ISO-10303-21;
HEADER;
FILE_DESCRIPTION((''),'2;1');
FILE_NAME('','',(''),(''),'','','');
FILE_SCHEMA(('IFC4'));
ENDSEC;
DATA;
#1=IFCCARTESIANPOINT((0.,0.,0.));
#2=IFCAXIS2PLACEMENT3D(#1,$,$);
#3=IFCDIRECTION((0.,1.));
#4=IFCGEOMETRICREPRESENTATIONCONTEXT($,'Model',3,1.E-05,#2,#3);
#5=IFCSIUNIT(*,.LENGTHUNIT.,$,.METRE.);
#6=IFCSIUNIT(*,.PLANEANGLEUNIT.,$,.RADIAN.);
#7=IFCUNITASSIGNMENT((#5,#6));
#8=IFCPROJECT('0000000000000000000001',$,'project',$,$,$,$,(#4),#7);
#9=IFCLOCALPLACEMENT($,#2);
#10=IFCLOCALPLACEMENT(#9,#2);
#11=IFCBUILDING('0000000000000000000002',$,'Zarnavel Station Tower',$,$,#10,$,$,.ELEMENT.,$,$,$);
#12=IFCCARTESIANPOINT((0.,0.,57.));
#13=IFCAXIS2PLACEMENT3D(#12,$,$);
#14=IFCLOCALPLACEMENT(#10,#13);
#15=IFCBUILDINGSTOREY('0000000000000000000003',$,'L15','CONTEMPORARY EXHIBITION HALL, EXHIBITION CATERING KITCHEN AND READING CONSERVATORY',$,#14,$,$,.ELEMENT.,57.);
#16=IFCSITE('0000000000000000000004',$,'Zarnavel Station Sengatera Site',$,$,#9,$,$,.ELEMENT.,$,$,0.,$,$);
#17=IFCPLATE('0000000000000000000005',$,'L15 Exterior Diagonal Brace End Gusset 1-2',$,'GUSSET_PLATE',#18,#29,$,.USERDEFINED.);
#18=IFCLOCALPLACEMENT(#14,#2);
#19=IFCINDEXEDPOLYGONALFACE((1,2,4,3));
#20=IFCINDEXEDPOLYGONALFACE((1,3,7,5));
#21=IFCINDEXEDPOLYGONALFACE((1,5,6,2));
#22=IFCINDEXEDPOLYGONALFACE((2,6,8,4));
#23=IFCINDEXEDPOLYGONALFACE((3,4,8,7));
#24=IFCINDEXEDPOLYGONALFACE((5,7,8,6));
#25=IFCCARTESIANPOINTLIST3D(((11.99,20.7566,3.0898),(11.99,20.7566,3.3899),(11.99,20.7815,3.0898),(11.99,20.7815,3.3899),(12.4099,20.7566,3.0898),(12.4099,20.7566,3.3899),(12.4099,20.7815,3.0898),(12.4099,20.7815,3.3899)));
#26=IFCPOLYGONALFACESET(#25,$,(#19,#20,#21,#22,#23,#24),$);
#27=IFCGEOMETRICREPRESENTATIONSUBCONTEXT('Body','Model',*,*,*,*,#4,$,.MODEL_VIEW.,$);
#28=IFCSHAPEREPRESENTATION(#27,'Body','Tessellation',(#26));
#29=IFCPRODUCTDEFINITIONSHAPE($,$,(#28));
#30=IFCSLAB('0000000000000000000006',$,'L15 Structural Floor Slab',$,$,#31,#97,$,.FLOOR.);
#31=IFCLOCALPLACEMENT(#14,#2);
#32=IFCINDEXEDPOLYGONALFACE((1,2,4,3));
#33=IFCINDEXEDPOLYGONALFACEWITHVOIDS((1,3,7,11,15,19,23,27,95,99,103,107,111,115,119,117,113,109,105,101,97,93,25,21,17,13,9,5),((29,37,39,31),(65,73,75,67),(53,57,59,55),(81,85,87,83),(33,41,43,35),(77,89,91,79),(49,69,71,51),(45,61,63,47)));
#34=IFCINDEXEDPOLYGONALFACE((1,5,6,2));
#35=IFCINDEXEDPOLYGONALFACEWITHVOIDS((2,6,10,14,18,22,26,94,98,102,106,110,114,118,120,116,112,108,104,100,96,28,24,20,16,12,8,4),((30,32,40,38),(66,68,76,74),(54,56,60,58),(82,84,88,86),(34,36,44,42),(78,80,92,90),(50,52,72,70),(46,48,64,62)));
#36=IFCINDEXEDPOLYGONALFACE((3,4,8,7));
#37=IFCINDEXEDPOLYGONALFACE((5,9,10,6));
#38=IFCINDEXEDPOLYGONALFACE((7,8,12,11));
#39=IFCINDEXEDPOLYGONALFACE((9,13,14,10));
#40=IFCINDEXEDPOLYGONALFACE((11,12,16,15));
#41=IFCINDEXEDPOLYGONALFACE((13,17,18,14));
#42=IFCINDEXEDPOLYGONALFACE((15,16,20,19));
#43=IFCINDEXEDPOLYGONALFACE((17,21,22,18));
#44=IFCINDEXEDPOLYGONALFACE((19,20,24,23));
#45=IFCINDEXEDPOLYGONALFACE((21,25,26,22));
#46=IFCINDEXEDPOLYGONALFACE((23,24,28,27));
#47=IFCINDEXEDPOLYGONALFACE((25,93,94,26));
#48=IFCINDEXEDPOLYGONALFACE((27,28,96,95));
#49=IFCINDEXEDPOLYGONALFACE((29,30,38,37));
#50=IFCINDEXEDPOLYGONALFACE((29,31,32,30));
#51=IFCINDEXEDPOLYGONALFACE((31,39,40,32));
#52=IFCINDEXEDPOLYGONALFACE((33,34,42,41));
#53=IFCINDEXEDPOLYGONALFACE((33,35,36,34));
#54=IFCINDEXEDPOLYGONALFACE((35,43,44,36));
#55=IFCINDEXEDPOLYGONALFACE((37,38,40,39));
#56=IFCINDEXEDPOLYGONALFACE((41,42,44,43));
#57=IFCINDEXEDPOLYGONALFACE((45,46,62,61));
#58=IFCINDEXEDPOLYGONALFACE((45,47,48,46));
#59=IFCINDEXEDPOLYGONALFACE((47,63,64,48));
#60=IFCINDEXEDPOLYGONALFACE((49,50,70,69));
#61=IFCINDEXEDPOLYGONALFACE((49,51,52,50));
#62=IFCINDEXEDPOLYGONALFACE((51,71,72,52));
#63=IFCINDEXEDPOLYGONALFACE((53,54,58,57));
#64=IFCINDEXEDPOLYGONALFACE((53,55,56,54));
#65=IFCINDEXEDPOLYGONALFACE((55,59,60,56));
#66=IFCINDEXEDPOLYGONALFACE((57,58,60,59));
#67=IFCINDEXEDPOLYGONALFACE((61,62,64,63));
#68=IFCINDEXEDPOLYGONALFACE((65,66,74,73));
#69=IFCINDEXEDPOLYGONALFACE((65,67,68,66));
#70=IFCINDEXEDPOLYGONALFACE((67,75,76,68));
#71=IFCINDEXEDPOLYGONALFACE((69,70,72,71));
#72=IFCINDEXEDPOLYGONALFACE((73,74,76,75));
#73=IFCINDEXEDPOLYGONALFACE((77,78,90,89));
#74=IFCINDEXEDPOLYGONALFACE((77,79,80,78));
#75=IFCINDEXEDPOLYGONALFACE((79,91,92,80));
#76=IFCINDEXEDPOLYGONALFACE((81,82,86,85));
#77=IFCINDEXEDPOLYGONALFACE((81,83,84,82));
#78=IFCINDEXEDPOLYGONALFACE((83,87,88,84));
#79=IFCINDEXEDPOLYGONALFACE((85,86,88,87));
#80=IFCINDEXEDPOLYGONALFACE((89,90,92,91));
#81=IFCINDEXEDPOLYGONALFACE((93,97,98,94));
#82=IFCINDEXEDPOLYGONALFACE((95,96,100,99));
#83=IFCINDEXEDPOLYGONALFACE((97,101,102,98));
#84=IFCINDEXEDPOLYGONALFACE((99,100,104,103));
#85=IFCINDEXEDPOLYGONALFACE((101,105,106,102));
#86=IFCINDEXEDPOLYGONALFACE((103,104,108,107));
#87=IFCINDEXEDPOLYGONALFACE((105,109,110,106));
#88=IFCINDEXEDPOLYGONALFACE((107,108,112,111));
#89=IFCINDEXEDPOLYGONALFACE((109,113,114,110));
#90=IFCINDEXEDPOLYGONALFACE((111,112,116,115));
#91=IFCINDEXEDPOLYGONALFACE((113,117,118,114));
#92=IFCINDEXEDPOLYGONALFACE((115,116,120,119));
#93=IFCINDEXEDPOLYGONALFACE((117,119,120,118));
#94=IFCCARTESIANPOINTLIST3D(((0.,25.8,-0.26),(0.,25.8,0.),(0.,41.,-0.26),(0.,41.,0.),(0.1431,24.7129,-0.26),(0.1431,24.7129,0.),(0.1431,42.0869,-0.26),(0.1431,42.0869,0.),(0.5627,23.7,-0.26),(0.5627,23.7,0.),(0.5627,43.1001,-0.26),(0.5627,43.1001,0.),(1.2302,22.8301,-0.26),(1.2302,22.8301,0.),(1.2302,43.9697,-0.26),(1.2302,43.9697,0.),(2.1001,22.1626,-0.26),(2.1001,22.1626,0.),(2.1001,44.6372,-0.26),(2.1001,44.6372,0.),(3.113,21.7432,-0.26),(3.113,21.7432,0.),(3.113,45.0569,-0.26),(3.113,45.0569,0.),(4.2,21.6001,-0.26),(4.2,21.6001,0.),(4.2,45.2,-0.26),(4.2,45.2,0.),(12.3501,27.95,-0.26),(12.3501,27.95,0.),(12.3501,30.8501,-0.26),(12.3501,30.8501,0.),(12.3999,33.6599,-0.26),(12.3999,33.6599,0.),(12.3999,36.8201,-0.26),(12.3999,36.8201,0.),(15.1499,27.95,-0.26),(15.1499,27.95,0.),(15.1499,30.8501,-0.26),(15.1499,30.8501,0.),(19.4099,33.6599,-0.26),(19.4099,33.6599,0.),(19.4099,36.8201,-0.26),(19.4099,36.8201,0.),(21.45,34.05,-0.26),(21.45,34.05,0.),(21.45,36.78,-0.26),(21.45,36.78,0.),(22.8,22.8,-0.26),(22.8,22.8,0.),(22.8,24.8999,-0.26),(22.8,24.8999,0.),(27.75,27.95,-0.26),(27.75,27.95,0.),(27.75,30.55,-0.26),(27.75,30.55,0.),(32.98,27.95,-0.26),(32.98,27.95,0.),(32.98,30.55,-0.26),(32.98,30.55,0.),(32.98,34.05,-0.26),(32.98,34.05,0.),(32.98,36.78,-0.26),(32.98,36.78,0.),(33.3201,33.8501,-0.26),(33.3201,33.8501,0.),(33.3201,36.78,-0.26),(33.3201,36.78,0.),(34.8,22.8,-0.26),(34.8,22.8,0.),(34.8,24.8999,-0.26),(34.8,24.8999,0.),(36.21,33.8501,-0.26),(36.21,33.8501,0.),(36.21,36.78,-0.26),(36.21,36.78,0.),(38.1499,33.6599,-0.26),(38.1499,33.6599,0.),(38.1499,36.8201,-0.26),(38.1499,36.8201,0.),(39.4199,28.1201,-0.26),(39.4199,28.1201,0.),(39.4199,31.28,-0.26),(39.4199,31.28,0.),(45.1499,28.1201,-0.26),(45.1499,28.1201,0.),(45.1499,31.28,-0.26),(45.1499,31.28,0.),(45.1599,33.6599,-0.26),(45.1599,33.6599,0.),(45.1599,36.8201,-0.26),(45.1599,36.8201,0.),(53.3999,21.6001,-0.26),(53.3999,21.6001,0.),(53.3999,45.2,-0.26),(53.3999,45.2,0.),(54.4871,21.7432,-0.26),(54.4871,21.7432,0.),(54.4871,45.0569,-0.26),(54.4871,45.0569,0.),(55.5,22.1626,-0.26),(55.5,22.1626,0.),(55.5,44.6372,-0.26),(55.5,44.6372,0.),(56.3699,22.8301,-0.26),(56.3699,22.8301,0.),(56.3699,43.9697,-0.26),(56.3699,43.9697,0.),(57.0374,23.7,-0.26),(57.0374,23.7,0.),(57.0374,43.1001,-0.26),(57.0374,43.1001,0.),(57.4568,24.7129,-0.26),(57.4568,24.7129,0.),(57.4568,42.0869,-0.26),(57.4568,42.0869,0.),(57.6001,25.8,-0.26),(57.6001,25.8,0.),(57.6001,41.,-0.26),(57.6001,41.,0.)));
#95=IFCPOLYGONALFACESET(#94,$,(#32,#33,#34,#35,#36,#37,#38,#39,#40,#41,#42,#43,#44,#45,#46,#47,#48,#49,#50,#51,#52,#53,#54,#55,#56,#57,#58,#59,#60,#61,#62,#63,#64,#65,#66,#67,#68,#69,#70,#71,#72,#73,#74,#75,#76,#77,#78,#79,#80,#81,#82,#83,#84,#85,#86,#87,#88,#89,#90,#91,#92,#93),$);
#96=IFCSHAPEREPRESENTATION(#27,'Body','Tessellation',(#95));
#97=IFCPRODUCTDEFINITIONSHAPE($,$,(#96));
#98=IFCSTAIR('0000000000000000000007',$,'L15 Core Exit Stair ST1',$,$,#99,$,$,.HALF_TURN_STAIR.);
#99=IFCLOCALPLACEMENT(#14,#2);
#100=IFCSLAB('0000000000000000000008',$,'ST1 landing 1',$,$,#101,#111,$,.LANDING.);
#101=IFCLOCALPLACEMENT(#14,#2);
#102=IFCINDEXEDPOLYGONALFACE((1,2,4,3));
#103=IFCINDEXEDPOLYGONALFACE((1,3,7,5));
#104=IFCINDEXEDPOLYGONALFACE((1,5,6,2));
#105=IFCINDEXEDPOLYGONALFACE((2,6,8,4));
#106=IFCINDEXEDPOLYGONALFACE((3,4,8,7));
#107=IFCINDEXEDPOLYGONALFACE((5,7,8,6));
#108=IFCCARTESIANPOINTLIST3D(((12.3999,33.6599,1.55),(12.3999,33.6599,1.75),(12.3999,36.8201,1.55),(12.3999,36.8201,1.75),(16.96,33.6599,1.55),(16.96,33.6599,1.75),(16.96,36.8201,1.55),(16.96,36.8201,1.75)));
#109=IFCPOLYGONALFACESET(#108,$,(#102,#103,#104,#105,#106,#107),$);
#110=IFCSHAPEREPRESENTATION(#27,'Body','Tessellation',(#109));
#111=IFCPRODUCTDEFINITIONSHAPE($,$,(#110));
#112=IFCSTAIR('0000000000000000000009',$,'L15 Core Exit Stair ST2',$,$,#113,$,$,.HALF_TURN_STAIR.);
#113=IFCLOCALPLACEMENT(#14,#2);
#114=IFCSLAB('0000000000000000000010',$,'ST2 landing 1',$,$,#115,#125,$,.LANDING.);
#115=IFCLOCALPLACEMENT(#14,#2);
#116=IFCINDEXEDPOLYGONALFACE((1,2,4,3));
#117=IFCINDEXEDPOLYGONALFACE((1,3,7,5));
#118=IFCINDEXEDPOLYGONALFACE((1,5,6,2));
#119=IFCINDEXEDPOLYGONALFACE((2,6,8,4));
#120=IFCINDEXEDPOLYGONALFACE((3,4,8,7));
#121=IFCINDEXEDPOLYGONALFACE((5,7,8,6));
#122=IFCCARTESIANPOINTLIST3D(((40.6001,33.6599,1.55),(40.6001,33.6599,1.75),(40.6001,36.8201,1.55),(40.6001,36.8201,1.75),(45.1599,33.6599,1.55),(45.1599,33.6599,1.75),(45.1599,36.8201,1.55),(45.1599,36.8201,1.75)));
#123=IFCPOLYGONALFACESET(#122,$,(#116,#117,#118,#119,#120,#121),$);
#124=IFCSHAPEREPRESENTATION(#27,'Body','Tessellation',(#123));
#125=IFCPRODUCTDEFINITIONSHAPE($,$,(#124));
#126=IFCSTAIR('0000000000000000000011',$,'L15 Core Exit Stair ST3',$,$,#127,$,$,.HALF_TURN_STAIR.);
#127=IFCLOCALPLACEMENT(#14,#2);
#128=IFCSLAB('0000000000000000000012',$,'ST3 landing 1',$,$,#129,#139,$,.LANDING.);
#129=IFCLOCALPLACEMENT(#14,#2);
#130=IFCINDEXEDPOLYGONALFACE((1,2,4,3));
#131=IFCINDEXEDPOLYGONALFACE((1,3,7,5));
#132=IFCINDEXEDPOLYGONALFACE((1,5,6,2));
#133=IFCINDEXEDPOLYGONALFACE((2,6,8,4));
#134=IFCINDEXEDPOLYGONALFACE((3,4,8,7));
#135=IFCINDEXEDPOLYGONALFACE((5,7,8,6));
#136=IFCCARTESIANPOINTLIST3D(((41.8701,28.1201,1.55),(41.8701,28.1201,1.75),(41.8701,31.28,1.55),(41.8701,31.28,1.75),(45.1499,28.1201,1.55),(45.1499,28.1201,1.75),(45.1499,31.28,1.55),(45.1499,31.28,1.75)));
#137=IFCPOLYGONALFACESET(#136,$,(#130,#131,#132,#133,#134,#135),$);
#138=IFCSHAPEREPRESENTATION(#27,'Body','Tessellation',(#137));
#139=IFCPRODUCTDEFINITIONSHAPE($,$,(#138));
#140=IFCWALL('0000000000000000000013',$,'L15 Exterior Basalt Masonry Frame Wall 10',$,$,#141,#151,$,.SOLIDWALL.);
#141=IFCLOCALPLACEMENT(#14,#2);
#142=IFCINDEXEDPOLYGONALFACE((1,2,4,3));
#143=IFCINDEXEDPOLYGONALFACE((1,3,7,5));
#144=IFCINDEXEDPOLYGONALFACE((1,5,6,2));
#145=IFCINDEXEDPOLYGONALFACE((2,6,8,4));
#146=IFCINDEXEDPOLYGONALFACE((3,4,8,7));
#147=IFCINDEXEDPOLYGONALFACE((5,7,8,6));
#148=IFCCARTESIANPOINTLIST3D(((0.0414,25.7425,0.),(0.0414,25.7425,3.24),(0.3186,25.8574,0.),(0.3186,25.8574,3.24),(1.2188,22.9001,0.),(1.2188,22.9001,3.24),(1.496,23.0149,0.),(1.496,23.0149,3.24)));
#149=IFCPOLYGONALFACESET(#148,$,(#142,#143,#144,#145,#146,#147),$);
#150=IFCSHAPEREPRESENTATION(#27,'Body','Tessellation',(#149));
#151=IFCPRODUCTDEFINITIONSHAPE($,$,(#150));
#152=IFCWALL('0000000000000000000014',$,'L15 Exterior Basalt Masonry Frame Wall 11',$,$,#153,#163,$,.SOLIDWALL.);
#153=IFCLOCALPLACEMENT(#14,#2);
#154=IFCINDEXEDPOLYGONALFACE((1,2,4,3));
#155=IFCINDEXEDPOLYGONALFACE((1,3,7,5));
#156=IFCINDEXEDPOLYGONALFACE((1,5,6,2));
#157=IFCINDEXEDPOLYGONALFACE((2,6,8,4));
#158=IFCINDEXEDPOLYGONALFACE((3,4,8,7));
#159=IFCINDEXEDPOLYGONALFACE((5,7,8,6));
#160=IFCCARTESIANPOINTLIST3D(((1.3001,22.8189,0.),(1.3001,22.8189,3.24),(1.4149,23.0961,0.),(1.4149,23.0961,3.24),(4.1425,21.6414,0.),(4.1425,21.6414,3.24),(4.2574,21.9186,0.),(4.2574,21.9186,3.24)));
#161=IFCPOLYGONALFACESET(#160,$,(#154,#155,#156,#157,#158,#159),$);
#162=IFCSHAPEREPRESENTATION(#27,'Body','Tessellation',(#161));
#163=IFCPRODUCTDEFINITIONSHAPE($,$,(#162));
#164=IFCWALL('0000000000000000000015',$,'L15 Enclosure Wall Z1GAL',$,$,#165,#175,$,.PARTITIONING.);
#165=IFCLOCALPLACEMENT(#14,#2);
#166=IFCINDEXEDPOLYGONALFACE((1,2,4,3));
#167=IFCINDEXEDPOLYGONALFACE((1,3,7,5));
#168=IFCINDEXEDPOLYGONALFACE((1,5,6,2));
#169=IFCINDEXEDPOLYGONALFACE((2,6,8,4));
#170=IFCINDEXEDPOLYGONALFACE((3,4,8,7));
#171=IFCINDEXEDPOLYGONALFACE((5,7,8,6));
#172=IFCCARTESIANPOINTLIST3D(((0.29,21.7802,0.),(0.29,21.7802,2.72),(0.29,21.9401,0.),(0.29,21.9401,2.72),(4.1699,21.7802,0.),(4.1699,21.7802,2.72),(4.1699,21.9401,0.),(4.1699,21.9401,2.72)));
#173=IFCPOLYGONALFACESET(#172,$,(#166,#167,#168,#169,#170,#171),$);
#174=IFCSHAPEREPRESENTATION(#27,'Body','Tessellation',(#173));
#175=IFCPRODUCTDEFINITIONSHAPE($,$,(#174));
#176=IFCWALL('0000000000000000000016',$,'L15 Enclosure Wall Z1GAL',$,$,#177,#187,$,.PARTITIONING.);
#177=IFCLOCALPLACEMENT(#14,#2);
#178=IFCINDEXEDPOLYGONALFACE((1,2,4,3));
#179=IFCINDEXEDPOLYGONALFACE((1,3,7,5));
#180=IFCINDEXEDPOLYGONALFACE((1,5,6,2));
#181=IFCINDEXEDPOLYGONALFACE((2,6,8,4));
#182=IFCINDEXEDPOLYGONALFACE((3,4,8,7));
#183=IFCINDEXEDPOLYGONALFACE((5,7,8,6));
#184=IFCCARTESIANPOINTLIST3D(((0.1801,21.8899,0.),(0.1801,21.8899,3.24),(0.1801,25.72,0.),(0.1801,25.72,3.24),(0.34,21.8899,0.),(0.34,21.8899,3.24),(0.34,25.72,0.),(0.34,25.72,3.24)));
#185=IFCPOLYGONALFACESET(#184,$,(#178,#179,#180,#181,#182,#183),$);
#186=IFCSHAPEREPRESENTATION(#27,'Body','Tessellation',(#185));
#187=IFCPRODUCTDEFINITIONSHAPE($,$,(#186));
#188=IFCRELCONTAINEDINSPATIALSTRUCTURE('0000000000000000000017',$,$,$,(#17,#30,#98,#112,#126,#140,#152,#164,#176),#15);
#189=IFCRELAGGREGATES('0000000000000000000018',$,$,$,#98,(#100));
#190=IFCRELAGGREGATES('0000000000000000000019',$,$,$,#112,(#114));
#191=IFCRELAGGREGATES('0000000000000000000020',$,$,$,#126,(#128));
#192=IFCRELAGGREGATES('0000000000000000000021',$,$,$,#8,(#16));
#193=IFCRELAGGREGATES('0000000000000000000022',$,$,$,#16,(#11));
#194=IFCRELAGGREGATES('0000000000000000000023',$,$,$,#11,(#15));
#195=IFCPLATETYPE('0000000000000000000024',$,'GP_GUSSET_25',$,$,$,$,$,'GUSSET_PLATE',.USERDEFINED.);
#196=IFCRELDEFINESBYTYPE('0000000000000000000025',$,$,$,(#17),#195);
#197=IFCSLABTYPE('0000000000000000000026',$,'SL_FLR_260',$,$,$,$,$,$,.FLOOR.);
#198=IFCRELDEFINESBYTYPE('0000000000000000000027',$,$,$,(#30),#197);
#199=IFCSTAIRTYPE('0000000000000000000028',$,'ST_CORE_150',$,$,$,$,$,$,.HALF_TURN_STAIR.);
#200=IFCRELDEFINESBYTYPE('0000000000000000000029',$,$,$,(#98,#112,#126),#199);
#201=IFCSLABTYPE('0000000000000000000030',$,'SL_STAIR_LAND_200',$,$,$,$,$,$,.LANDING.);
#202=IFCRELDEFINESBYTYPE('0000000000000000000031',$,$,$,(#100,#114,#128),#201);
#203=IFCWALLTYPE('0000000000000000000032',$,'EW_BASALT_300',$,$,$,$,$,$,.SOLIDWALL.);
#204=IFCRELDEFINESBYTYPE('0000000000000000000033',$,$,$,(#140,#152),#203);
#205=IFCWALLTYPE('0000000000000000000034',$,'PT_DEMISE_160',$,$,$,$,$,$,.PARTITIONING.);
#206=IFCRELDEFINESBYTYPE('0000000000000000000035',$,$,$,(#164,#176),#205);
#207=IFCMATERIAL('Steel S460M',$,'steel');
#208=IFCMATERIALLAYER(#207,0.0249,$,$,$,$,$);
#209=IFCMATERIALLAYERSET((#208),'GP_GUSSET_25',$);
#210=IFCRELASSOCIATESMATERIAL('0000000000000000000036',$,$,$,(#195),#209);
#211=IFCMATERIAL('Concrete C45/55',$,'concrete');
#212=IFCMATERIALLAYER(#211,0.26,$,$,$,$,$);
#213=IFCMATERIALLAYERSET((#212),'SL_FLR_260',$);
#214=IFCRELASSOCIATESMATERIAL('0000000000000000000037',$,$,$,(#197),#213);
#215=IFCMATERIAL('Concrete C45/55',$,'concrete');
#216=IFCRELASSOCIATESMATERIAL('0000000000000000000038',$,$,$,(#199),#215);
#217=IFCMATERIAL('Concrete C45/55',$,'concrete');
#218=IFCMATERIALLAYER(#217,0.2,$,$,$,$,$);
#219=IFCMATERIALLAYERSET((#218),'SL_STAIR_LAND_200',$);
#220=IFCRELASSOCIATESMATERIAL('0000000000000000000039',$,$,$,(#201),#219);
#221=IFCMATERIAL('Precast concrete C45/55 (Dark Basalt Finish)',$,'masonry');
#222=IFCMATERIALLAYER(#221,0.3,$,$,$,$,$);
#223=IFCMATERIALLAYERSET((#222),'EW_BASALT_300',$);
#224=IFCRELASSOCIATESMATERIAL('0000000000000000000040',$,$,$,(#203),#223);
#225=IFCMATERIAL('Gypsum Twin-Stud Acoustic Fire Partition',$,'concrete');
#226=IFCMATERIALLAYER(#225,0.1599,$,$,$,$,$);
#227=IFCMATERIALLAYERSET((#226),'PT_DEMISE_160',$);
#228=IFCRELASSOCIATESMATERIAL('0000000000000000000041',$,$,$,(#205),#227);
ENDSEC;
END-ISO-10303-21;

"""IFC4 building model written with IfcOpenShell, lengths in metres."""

from ifc_helpers import new_model, si_unit, direction, frame, frame_2d, origin, origin_2d, place, context, subcontext, project, spatial, polyline, rectangle, outline, extrude, material, layer, layer_set, type_object, element, aggregate, save


model = new_model("IFC4")

# Units and contexts
model_context = context("Model", 3, precision=1e-05, world=origin(), true_north=direction((0.0, 1.0)))
body_context = subcontext(model_context, "Body", "Model", "MODEL_VIEW")
ifc_project = project(units=[si_unit("LENGTHUNIT", "METRE"), si_unit("PLANEANGLEUNIT", "RADIAN")], contexts=[model_context])

# Site, building, storey
site_placement = place(None, origin())
site = spatial("IfcSite", under=ifc_project, at=site_placement, Name="Zarnavel Station Sengatera Site", CompositionType="ELEMENT", RefElevation=0.0)
building_placement = place(site_placement, origin())
building = spatial("IfcBuilding", under=site, at=building_placement, Name="Zarnavel Station Tower", CompositionType="ELEMENT")
storey_placement = place(building_placement, frame((0.0, 0.0, 57.0)))
storey = spatial("IfcBuildingStorey", under=building, at=storey_placement, Name="L15", Description="CONTEMPORARY EXHIBITION HALL, EXHIBITION CATERING KITCHEN AND READING CONSERVATORY", CompositionType="ELEMENT", Elevation=57.0)

# Plate
ifc_material_1 = material(Name="Steel S460M", Category="steel")
ifc_layer_1 = layer(ifc_material_1, 0.0249)
ifc_layer_set_1 = layer_set([ifc_layer_1], Name="GP_GUSSET_25")
plate_type = type_object("IfcPlateType", Name="GP_GUSSET_25", ElementType="GUSSET_PLATE", PredefinedType="USERDEFINED", material=ifc_layer_set_1)
plate_placement = place(storey_placement, frame((12.2, 20.769, 3.0898), z_axis=(0.0, 0.0, 1.0), x_axis=(1.0, 0.0, 0.0)))
element("IfcPlate", 1, at=plate_placement, inside=storey, type_object=plate_type, Name="L15 Exterior Diagonal Brace End Gusset 1-2", ObjectType="GUSSET_PLATE", PredefinedType="USERDEFINED", context=body_context, shape_type="SweptSolid", body=[
    extrude(rectangle(XDim=0.4199, YDim=0.0249, at=origin_2d()), origin(), (0.0, 0.0, 1.0), 0.3),
])

# Slab
ifc_material_2 = material(Name="Concrete C45/55", Category="concrete")
ifc_layer_2 = layer(ifc_material_2, 0.26)
ifc_layer_set_2 = layer_set([ifc_layer_2], Name="SL_FLR_260")
slab_type_1 = type_object("IfcSlabType", Name="SL_FLR_260", PredefinedType="FLOOR", material=ifc_layer_set_2)
slab_1_placement = place(storey_placement, frame((0.0, 0.0, -0.26)))
element("IfcSlab", 2, at=slab_1_placement, inside=storey, type_object=slab_type_1, Name="L15 Structural Floor Slab", PredefinedType="FLOOR", context=body_context, shape_type="SweptSolid", body=[
    extrude(outline(polyline([(53.3999, 21.6001), (54.4871, 21.7432), (55.5, 22.1626), (56.3699, 22.8301), (57.0374, 23.7), (57.4568, 24.7129), (57.6001, 25.8), (57.6001, 41.0), (57.4568, 42.0869), (57.0374, 43.1001), (56.3699, 43.9697), (55.5, 44.6372), (54.4871, 45.0569), (53.3999, 45.2), (4.2, 45.2), (3.113, 45.0569), (2.1001, 44.6372), (1.2302, 43.9697), (0.5627, 43.1001), (0.1431, 42.0869), (0.0, 41.0), (0.0, 25.8), (0.1431, 24.7129), (0.5627, 23.7), (1.2302, 22.8301), (2.1001, 22.1626), (3.113, 21.7432), (4.2, 21.6001), (53.3999, 21.6001)]), holes=[polyline([(12.3999, 33.6599), (19.4099, 33.6599), (19.4099, 36.8201), (12.3999, 36.8201), (12.3999, 33.6599)]), polyline([(38.1499, 33.6599), (45.1599, 33.6599), (45.1599, 36.8201), (38.1499, 36.8201), (38.1499, 33.6599)]), polyline([(39.4199, 28.1201), (45.1499, 28.1201), (45.1499, 31.28), (39.4199, 31.28), (39.4199, 28.1201)]), polyline([(12.3501, 27.95), (15.1499, 27.95), (15.1499, 30.8501), (12.3501, 30.8501), (12.3501, 27.95)]), polyline([(33.3201, 33.8501), (36.21, 33.8501), (36.21, 36.78), (33.3201, 36.78), (33.3201, 33.8501)]), polyline([(21.45, 34.05), (32.98, 34.05), (32.98, 36.78), (21.45, 36.78), (21.45, 34.05)]), polyline([(27.75, 27.95), (32.98, 27.95), (32.98, 30.55), (27.75, 30.55), (27.75, 27.95)]), polyline([(22.8, 22.8), (34.8, 22.8), (34.8, 24.8999), (22.8, 24.8999), (22.8, 22.8)])]), origin(), (0.0, 0.0, 1.0), 0.26),
])

# Stairs, slabs
ifc_material_3 = material(Name="Concrete C45/55", Category="concrete")
stair_type = type_object("IfcStairType", Name="ST_CORE_150", PredefinedType="HALF_TURN_STAIR", material=ifc_material_3)
stair_1_placement = place(storey_placement, origin())
stair_1 = element("IfcStair", 3, at=stair_1_placement, inside=storey, type_object=stair_type, Name="L15 Core Exit Stair ST1", PredefinedType="HALF_TURN_STAIR")
ifc_material_4 = material(Name="Concrete C45/55", Category="concrete")
ifc_layer_3 = layer(ifc_material_4, 0.2)
ifc_layer_set_3 = layer_set([ifc_layer_3], Name="SL_STAIR_LAND_200")
slab_type_2 = type_object("IfcSlabType", Name="SL_STAIR_LAND_200", PredefinedType="LANDING", material=ifc_layer_set_3)
slab_2_placement = place(storey_placement, frame((0.0, 0.0, 1.55)))
slab_2 = element("IfcSlab", 4, at=slab_2_placement, type_object=slab_type_2, Name="ST1 landing 1", PredefinedType="LANDING", context=body_context, shape_type="SweptSolid", body=[
    extrude(outline(polyline([(16.96, 36.8201), (12.3999, 36.8201), (12.3999, 33.6599), (16.96, 33.6599), (16.96, 36.8201)])), origin(), (0.0, 0.0, 1.0), 0.2),
])
aggregate(stair_1, [slab_2])
stair_2_placement = place(storey_placement, origin())
stair_2 = element("IfcStair", 5, at=stair_2_placement, inside=storey, type_object=stair_type, Name="L15 Core Exit Stair ST2", PredefinedType="HALF_TURN_STAIR")
slab_3_placement = place(storey_placement, frame((0.0, 0.0, 1.55)))
slab_3 = element("IfcSlab", 6, at=slab_3_placement, type_object=slab_type_2, Name="ST2 landing 1", PredefinedType="LANDING", context=body_context, shape_type="SweptSolid", body=[
    extrude(outline(polyline([(40.6001, 33.6599), (45.1599, 33.6599), (45.1599, 36.8201), (40.6001, 36.8201), (40.6001, 33.6599)])), origin(), (0.0, 0.0, 1.0), 0.2),
])
aggregate(stair_2, [slab_3])
stair_3_placement = place(storey_placement, origin())
stair_3 = element("IfcStair", 7, at=stair_3_placement, inside=storey, type_object=stair_type, Name="L15 Core Exit Stair ST3", PredefinedType="HALF_TURN_STAIR")
slab_4_placement = place(storey_placement, frame((0.0, 0.0, 1.55)))
slab_4 = element("IfcSlab", 8, at=slab_4_placement, type_object=slab_type_2, Name="ST3 landing 1", PredefinedType="LANDING", context=body_context, shape_type="SweptSolid", body=[
    extrude(outline(polyline([(41.8701, 28.1201), (45.1499, 28.1201), (45.1499, 31.28), (41.8701, 31.28), (41.8701, 28.1201)])), origin(), (0.0, 0.0, 1.0), 0.2),
])
aggregate(stair_3, [slab_4])

# Walls
ifc_material_5 = material(Name="Precast concrete C45/55 (Dark Basalt Finish)", Category="masonry")
ifc_layer_4 = layer(ifc_material_5, 0.3)
ifc_layer_set_4 = layer_set([ifc_layer_4], Name="EW_BASALT_300")
wall_type_1 = type_object("IfcWallType", Name="EW_BASALT_300", PredefinedType="SOLIDWALL", material=ifc_layer_set_4)
for number, where, z_axis, x_axis, name in (
    (9, (1.3574, 22.9575, 0.0), (0.0, 0.0, 1.0), (-0.382705, 0.923871, 0.0), "L15 Exterior Basalt Masonry Frame Wall 10"),
    (10, (4.2, 21.78, 0.0), (0.0, 0.0, 1.0), (-0.923871, 0.382705, 0.0), "L15 Exterior Basalt Masonry Frame Wall 11"),
):
    element("IfcWall", number, at=place(storey_placement, frame(where, z_axis=z_axis, x_axis=x_axis)), inside=storey, type_object=wall_type_1, Name=name, PredefinedType="SOLIDWALL", context=body_context, shape_type="SweptSolid", body=[
        extrude(rectangle(XDim=3.0767, YDim=0.3, at=frame_2d((1.5383, 0.0))), origin(), (0.0, 0.0, 1.0), 3.24),
    ])
ifc_material_6 = material(Name="Gypsum Twin-Stud Acoustic Fire Partition", Category="concrete")
ifc_layer_5 = layer(ifc_material_6, 0.1599)
ifc_layer_set_5 = layer_set([ifc_layer_5], Name="PT_DEMISE_160")
wall_type_2 = type_object("IfcWallType", Name="PT_DEMISE_160", PredefinedType="PARTITIONING", material=ifc_layer_set_5)
wall_1_placement = place(storey_placement, frame((0.29, 21.8601, 0.0), z_axis=(0.0, 0.0, 1.0), x_axis=(1.0, 0.0, 0.0)))
element("IfcWall", 11, at=wall_1_placement, inside=storey, type_object=wall_type_2, Name="L15 Enclosure Wall Z1GAL", PredefinedType="PARTITIONING", context=body_context, shape_type="SweptSolid", body=[
    extrude(rectangle(XDim=3.8799, YDim=0.1599, at=frame_2d((1.9399, 0.0))), origin(), (0.0, 0.0, 1.0), 2.72),
])
wall_2_placement = place(storey_placement, frame((0.26, 21.8899, 0.0), z_axis=(0.0, 0.0, 1.0), x_axis=(0.0, 1.0, 0.0)))
element("IfcWall", 12, at=wall_2_placement, inside=storey, type_object=wall_type_2, Name="L15 Enclosure Wall Z1GAL", PredefinedType="PARTITIONING", context=body_context, shape_type="SweptSolid", body=[
    extrude(rectangle(XDim=3.8301, YDim=0.1599, at=frame_2d((1.915, 0.0))), origin(), (0.0, 0.0, 1.0), 3.24),
])

save(model, "model.ifc")
